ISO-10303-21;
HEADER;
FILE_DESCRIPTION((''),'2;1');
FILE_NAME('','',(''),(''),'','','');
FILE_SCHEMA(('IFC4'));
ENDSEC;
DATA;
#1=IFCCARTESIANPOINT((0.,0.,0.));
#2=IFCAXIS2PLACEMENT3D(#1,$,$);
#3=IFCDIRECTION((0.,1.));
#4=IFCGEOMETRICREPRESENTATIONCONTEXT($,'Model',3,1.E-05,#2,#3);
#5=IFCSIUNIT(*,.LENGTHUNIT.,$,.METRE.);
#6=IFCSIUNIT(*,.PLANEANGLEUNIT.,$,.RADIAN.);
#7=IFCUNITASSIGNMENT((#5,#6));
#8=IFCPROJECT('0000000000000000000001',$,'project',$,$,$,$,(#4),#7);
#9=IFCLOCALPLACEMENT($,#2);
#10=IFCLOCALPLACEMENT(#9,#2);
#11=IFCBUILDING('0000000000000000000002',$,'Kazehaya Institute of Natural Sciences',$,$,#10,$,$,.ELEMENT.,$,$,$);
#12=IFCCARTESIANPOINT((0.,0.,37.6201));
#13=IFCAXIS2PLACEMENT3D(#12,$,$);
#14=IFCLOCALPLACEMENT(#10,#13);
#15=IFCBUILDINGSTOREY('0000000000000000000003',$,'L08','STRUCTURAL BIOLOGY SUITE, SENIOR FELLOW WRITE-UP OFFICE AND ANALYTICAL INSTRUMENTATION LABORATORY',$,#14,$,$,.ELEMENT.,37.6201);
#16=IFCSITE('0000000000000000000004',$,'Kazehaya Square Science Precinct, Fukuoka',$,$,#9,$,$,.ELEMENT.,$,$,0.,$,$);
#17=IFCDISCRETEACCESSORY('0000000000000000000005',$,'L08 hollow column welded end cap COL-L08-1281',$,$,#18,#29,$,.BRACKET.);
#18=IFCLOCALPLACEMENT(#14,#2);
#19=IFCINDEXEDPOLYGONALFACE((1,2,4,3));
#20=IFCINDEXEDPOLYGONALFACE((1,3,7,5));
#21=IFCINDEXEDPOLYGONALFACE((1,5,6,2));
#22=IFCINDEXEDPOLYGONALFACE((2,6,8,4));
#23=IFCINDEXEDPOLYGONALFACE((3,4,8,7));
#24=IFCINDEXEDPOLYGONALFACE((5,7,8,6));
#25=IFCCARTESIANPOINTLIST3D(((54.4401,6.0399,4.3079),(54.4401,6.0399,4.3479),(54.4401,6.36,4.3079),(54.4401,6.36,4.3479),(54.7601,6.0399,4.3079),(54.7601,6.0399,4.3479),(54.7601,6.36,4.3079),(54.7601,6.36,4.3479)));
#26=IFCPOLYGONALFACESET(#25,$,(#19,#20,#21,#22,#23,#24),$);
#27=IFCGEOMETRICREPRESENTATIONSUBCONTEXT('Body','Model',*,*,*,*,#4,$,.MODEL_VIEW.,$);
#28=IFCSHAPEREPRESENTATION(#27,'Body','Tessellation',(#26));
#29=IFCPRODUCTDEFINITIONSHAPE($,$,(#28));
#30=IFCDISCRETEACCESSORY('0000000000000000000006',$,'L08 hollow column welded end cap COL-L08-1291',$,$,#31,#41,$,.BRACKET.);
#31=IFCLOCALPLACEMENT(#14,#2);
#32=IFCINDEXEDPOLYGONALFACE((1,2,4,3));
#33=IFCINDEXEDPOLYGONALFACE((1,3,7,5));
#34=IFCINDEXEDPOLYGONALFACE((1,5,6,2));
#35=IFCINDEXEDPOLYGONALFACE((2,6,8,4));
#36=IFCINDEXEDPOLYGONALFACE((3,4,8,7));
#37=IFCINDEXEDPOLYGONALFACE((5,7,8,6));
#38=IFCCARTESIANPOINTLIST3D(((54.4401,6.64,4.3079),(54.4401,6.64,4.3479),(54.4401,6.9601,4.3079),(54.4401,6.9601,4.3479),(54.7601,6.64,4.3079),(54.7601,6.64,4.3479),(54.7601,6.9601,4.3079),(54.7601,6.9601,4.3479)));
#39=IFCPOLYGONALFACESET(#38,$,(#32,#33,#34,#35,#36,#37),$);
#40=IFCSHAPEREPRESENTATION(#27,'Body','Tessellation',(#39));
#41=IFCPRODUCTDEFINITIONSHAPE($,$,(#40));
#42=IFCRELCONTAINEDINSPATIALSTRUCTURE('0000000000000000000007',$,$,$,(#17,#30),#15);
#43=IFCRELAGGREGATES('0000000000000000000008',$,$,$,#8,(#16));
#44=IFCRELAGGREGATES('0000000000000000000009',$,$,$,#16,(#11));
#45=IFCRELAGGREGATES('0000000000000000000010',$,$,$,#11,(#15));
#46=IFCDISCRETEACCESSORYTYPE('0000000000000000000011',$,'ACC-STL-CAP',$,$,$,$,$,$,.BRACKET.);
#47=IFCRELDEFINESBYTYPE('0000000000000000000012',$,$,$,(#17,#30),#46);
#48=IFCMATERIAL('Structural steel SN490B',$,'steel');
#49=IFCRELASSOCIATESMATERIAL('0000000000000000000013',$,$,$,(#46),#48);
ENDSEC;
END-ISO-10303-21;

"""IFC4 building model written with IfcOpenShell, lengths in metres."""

from ifc_helpers import new_model, si_unit, direction, frame, origin, origin_2d, place, context, subcontext, project, spatial, rectangle, extrude, material, type_object, element, save


model = new_model("IFC4")

# Units and contexts
model_context = context("Model", 3, precision=1e-05, world=origin(), true_north=direction((0.0, 1.0)))
body_context = subcontext(model_context, "Body", "Model", "MODEL_VIEW")
ifc_project = project(units=[si_unit("LENGTHUNIT", "METRE"), si_unit("PLANEANGLEUNIT", "RADIAN")], contexts=[model_context])

# Site, building, storey
site_placement = place(None, origin())
site = spatial("IfcSite", under=ifc_project, at=site_placement, Name="Kazehaya Square Science Precinct, Fukuoka", CompositionType="ELEMENT", RefElevation=0.0)
building_placement = place(site_placement, origin())
building = spatial("IfcBuilding", under=site, at=building_placement, Name="Kazehaya Institute of Natural Sciences", CompositionType="ELEMENT")
storey_placement = place(building_placement, frame((0.0, 0.0, 37.6201)))
storey = spatial("IfcBuildingStorey", under=building, at=storey_placement, Name="L08", Description="STRUCTURAL BIOLOGY SUITE, SENIOR FELLOW WRITE-UP OFFICE AND ANALYTICAL INSTRUMENTATION LABORATORY", CompositionType="ELEMENT", Elevation=37.6201)

# Discrete accessories
ifc_material_1 = material(Name="Structural steel SN490B", Category="steel")
discrete_accessory_type_1 = type_object("IfcDiscreteAccessoryType", Name="ACC-STL-CAP", PredefinedType="BRACKET", material=ifc_material_1)
for number, where, z_axis, x_axis, name in (
    (1, (54.6001, 6.2, 4.3079), (0.0, 0.0, 1.0), (1.0, 0.0, 0.0), "L08 hollow column welded end cap COL-L08-1281"),
    (2, (54.6001, 6.8, 4.3079), (0.0, 0.0, 1.0), (1.0, 0.0, 0.0), "L08 hollow column welded end cap COL-L08-1291"),
):
    element("IfcDiscreteAccessory", number, at=place(storey_placement, frame(where, z_axis=z_axis, x_axis=x_axis)), inside=storey, type_object=discrete_accessory_type_1, Name=name, PredefinedType="BRACKET", context=body_context, shape_type="SweptSolid", body=[
        extrude(rectangle(XDim=0.3201, YDim=0.3201, at=origin_2d()), origin(), (0.0, 0.0, 1.0), 0.04),
    ])

save(model, "model.ifc")
